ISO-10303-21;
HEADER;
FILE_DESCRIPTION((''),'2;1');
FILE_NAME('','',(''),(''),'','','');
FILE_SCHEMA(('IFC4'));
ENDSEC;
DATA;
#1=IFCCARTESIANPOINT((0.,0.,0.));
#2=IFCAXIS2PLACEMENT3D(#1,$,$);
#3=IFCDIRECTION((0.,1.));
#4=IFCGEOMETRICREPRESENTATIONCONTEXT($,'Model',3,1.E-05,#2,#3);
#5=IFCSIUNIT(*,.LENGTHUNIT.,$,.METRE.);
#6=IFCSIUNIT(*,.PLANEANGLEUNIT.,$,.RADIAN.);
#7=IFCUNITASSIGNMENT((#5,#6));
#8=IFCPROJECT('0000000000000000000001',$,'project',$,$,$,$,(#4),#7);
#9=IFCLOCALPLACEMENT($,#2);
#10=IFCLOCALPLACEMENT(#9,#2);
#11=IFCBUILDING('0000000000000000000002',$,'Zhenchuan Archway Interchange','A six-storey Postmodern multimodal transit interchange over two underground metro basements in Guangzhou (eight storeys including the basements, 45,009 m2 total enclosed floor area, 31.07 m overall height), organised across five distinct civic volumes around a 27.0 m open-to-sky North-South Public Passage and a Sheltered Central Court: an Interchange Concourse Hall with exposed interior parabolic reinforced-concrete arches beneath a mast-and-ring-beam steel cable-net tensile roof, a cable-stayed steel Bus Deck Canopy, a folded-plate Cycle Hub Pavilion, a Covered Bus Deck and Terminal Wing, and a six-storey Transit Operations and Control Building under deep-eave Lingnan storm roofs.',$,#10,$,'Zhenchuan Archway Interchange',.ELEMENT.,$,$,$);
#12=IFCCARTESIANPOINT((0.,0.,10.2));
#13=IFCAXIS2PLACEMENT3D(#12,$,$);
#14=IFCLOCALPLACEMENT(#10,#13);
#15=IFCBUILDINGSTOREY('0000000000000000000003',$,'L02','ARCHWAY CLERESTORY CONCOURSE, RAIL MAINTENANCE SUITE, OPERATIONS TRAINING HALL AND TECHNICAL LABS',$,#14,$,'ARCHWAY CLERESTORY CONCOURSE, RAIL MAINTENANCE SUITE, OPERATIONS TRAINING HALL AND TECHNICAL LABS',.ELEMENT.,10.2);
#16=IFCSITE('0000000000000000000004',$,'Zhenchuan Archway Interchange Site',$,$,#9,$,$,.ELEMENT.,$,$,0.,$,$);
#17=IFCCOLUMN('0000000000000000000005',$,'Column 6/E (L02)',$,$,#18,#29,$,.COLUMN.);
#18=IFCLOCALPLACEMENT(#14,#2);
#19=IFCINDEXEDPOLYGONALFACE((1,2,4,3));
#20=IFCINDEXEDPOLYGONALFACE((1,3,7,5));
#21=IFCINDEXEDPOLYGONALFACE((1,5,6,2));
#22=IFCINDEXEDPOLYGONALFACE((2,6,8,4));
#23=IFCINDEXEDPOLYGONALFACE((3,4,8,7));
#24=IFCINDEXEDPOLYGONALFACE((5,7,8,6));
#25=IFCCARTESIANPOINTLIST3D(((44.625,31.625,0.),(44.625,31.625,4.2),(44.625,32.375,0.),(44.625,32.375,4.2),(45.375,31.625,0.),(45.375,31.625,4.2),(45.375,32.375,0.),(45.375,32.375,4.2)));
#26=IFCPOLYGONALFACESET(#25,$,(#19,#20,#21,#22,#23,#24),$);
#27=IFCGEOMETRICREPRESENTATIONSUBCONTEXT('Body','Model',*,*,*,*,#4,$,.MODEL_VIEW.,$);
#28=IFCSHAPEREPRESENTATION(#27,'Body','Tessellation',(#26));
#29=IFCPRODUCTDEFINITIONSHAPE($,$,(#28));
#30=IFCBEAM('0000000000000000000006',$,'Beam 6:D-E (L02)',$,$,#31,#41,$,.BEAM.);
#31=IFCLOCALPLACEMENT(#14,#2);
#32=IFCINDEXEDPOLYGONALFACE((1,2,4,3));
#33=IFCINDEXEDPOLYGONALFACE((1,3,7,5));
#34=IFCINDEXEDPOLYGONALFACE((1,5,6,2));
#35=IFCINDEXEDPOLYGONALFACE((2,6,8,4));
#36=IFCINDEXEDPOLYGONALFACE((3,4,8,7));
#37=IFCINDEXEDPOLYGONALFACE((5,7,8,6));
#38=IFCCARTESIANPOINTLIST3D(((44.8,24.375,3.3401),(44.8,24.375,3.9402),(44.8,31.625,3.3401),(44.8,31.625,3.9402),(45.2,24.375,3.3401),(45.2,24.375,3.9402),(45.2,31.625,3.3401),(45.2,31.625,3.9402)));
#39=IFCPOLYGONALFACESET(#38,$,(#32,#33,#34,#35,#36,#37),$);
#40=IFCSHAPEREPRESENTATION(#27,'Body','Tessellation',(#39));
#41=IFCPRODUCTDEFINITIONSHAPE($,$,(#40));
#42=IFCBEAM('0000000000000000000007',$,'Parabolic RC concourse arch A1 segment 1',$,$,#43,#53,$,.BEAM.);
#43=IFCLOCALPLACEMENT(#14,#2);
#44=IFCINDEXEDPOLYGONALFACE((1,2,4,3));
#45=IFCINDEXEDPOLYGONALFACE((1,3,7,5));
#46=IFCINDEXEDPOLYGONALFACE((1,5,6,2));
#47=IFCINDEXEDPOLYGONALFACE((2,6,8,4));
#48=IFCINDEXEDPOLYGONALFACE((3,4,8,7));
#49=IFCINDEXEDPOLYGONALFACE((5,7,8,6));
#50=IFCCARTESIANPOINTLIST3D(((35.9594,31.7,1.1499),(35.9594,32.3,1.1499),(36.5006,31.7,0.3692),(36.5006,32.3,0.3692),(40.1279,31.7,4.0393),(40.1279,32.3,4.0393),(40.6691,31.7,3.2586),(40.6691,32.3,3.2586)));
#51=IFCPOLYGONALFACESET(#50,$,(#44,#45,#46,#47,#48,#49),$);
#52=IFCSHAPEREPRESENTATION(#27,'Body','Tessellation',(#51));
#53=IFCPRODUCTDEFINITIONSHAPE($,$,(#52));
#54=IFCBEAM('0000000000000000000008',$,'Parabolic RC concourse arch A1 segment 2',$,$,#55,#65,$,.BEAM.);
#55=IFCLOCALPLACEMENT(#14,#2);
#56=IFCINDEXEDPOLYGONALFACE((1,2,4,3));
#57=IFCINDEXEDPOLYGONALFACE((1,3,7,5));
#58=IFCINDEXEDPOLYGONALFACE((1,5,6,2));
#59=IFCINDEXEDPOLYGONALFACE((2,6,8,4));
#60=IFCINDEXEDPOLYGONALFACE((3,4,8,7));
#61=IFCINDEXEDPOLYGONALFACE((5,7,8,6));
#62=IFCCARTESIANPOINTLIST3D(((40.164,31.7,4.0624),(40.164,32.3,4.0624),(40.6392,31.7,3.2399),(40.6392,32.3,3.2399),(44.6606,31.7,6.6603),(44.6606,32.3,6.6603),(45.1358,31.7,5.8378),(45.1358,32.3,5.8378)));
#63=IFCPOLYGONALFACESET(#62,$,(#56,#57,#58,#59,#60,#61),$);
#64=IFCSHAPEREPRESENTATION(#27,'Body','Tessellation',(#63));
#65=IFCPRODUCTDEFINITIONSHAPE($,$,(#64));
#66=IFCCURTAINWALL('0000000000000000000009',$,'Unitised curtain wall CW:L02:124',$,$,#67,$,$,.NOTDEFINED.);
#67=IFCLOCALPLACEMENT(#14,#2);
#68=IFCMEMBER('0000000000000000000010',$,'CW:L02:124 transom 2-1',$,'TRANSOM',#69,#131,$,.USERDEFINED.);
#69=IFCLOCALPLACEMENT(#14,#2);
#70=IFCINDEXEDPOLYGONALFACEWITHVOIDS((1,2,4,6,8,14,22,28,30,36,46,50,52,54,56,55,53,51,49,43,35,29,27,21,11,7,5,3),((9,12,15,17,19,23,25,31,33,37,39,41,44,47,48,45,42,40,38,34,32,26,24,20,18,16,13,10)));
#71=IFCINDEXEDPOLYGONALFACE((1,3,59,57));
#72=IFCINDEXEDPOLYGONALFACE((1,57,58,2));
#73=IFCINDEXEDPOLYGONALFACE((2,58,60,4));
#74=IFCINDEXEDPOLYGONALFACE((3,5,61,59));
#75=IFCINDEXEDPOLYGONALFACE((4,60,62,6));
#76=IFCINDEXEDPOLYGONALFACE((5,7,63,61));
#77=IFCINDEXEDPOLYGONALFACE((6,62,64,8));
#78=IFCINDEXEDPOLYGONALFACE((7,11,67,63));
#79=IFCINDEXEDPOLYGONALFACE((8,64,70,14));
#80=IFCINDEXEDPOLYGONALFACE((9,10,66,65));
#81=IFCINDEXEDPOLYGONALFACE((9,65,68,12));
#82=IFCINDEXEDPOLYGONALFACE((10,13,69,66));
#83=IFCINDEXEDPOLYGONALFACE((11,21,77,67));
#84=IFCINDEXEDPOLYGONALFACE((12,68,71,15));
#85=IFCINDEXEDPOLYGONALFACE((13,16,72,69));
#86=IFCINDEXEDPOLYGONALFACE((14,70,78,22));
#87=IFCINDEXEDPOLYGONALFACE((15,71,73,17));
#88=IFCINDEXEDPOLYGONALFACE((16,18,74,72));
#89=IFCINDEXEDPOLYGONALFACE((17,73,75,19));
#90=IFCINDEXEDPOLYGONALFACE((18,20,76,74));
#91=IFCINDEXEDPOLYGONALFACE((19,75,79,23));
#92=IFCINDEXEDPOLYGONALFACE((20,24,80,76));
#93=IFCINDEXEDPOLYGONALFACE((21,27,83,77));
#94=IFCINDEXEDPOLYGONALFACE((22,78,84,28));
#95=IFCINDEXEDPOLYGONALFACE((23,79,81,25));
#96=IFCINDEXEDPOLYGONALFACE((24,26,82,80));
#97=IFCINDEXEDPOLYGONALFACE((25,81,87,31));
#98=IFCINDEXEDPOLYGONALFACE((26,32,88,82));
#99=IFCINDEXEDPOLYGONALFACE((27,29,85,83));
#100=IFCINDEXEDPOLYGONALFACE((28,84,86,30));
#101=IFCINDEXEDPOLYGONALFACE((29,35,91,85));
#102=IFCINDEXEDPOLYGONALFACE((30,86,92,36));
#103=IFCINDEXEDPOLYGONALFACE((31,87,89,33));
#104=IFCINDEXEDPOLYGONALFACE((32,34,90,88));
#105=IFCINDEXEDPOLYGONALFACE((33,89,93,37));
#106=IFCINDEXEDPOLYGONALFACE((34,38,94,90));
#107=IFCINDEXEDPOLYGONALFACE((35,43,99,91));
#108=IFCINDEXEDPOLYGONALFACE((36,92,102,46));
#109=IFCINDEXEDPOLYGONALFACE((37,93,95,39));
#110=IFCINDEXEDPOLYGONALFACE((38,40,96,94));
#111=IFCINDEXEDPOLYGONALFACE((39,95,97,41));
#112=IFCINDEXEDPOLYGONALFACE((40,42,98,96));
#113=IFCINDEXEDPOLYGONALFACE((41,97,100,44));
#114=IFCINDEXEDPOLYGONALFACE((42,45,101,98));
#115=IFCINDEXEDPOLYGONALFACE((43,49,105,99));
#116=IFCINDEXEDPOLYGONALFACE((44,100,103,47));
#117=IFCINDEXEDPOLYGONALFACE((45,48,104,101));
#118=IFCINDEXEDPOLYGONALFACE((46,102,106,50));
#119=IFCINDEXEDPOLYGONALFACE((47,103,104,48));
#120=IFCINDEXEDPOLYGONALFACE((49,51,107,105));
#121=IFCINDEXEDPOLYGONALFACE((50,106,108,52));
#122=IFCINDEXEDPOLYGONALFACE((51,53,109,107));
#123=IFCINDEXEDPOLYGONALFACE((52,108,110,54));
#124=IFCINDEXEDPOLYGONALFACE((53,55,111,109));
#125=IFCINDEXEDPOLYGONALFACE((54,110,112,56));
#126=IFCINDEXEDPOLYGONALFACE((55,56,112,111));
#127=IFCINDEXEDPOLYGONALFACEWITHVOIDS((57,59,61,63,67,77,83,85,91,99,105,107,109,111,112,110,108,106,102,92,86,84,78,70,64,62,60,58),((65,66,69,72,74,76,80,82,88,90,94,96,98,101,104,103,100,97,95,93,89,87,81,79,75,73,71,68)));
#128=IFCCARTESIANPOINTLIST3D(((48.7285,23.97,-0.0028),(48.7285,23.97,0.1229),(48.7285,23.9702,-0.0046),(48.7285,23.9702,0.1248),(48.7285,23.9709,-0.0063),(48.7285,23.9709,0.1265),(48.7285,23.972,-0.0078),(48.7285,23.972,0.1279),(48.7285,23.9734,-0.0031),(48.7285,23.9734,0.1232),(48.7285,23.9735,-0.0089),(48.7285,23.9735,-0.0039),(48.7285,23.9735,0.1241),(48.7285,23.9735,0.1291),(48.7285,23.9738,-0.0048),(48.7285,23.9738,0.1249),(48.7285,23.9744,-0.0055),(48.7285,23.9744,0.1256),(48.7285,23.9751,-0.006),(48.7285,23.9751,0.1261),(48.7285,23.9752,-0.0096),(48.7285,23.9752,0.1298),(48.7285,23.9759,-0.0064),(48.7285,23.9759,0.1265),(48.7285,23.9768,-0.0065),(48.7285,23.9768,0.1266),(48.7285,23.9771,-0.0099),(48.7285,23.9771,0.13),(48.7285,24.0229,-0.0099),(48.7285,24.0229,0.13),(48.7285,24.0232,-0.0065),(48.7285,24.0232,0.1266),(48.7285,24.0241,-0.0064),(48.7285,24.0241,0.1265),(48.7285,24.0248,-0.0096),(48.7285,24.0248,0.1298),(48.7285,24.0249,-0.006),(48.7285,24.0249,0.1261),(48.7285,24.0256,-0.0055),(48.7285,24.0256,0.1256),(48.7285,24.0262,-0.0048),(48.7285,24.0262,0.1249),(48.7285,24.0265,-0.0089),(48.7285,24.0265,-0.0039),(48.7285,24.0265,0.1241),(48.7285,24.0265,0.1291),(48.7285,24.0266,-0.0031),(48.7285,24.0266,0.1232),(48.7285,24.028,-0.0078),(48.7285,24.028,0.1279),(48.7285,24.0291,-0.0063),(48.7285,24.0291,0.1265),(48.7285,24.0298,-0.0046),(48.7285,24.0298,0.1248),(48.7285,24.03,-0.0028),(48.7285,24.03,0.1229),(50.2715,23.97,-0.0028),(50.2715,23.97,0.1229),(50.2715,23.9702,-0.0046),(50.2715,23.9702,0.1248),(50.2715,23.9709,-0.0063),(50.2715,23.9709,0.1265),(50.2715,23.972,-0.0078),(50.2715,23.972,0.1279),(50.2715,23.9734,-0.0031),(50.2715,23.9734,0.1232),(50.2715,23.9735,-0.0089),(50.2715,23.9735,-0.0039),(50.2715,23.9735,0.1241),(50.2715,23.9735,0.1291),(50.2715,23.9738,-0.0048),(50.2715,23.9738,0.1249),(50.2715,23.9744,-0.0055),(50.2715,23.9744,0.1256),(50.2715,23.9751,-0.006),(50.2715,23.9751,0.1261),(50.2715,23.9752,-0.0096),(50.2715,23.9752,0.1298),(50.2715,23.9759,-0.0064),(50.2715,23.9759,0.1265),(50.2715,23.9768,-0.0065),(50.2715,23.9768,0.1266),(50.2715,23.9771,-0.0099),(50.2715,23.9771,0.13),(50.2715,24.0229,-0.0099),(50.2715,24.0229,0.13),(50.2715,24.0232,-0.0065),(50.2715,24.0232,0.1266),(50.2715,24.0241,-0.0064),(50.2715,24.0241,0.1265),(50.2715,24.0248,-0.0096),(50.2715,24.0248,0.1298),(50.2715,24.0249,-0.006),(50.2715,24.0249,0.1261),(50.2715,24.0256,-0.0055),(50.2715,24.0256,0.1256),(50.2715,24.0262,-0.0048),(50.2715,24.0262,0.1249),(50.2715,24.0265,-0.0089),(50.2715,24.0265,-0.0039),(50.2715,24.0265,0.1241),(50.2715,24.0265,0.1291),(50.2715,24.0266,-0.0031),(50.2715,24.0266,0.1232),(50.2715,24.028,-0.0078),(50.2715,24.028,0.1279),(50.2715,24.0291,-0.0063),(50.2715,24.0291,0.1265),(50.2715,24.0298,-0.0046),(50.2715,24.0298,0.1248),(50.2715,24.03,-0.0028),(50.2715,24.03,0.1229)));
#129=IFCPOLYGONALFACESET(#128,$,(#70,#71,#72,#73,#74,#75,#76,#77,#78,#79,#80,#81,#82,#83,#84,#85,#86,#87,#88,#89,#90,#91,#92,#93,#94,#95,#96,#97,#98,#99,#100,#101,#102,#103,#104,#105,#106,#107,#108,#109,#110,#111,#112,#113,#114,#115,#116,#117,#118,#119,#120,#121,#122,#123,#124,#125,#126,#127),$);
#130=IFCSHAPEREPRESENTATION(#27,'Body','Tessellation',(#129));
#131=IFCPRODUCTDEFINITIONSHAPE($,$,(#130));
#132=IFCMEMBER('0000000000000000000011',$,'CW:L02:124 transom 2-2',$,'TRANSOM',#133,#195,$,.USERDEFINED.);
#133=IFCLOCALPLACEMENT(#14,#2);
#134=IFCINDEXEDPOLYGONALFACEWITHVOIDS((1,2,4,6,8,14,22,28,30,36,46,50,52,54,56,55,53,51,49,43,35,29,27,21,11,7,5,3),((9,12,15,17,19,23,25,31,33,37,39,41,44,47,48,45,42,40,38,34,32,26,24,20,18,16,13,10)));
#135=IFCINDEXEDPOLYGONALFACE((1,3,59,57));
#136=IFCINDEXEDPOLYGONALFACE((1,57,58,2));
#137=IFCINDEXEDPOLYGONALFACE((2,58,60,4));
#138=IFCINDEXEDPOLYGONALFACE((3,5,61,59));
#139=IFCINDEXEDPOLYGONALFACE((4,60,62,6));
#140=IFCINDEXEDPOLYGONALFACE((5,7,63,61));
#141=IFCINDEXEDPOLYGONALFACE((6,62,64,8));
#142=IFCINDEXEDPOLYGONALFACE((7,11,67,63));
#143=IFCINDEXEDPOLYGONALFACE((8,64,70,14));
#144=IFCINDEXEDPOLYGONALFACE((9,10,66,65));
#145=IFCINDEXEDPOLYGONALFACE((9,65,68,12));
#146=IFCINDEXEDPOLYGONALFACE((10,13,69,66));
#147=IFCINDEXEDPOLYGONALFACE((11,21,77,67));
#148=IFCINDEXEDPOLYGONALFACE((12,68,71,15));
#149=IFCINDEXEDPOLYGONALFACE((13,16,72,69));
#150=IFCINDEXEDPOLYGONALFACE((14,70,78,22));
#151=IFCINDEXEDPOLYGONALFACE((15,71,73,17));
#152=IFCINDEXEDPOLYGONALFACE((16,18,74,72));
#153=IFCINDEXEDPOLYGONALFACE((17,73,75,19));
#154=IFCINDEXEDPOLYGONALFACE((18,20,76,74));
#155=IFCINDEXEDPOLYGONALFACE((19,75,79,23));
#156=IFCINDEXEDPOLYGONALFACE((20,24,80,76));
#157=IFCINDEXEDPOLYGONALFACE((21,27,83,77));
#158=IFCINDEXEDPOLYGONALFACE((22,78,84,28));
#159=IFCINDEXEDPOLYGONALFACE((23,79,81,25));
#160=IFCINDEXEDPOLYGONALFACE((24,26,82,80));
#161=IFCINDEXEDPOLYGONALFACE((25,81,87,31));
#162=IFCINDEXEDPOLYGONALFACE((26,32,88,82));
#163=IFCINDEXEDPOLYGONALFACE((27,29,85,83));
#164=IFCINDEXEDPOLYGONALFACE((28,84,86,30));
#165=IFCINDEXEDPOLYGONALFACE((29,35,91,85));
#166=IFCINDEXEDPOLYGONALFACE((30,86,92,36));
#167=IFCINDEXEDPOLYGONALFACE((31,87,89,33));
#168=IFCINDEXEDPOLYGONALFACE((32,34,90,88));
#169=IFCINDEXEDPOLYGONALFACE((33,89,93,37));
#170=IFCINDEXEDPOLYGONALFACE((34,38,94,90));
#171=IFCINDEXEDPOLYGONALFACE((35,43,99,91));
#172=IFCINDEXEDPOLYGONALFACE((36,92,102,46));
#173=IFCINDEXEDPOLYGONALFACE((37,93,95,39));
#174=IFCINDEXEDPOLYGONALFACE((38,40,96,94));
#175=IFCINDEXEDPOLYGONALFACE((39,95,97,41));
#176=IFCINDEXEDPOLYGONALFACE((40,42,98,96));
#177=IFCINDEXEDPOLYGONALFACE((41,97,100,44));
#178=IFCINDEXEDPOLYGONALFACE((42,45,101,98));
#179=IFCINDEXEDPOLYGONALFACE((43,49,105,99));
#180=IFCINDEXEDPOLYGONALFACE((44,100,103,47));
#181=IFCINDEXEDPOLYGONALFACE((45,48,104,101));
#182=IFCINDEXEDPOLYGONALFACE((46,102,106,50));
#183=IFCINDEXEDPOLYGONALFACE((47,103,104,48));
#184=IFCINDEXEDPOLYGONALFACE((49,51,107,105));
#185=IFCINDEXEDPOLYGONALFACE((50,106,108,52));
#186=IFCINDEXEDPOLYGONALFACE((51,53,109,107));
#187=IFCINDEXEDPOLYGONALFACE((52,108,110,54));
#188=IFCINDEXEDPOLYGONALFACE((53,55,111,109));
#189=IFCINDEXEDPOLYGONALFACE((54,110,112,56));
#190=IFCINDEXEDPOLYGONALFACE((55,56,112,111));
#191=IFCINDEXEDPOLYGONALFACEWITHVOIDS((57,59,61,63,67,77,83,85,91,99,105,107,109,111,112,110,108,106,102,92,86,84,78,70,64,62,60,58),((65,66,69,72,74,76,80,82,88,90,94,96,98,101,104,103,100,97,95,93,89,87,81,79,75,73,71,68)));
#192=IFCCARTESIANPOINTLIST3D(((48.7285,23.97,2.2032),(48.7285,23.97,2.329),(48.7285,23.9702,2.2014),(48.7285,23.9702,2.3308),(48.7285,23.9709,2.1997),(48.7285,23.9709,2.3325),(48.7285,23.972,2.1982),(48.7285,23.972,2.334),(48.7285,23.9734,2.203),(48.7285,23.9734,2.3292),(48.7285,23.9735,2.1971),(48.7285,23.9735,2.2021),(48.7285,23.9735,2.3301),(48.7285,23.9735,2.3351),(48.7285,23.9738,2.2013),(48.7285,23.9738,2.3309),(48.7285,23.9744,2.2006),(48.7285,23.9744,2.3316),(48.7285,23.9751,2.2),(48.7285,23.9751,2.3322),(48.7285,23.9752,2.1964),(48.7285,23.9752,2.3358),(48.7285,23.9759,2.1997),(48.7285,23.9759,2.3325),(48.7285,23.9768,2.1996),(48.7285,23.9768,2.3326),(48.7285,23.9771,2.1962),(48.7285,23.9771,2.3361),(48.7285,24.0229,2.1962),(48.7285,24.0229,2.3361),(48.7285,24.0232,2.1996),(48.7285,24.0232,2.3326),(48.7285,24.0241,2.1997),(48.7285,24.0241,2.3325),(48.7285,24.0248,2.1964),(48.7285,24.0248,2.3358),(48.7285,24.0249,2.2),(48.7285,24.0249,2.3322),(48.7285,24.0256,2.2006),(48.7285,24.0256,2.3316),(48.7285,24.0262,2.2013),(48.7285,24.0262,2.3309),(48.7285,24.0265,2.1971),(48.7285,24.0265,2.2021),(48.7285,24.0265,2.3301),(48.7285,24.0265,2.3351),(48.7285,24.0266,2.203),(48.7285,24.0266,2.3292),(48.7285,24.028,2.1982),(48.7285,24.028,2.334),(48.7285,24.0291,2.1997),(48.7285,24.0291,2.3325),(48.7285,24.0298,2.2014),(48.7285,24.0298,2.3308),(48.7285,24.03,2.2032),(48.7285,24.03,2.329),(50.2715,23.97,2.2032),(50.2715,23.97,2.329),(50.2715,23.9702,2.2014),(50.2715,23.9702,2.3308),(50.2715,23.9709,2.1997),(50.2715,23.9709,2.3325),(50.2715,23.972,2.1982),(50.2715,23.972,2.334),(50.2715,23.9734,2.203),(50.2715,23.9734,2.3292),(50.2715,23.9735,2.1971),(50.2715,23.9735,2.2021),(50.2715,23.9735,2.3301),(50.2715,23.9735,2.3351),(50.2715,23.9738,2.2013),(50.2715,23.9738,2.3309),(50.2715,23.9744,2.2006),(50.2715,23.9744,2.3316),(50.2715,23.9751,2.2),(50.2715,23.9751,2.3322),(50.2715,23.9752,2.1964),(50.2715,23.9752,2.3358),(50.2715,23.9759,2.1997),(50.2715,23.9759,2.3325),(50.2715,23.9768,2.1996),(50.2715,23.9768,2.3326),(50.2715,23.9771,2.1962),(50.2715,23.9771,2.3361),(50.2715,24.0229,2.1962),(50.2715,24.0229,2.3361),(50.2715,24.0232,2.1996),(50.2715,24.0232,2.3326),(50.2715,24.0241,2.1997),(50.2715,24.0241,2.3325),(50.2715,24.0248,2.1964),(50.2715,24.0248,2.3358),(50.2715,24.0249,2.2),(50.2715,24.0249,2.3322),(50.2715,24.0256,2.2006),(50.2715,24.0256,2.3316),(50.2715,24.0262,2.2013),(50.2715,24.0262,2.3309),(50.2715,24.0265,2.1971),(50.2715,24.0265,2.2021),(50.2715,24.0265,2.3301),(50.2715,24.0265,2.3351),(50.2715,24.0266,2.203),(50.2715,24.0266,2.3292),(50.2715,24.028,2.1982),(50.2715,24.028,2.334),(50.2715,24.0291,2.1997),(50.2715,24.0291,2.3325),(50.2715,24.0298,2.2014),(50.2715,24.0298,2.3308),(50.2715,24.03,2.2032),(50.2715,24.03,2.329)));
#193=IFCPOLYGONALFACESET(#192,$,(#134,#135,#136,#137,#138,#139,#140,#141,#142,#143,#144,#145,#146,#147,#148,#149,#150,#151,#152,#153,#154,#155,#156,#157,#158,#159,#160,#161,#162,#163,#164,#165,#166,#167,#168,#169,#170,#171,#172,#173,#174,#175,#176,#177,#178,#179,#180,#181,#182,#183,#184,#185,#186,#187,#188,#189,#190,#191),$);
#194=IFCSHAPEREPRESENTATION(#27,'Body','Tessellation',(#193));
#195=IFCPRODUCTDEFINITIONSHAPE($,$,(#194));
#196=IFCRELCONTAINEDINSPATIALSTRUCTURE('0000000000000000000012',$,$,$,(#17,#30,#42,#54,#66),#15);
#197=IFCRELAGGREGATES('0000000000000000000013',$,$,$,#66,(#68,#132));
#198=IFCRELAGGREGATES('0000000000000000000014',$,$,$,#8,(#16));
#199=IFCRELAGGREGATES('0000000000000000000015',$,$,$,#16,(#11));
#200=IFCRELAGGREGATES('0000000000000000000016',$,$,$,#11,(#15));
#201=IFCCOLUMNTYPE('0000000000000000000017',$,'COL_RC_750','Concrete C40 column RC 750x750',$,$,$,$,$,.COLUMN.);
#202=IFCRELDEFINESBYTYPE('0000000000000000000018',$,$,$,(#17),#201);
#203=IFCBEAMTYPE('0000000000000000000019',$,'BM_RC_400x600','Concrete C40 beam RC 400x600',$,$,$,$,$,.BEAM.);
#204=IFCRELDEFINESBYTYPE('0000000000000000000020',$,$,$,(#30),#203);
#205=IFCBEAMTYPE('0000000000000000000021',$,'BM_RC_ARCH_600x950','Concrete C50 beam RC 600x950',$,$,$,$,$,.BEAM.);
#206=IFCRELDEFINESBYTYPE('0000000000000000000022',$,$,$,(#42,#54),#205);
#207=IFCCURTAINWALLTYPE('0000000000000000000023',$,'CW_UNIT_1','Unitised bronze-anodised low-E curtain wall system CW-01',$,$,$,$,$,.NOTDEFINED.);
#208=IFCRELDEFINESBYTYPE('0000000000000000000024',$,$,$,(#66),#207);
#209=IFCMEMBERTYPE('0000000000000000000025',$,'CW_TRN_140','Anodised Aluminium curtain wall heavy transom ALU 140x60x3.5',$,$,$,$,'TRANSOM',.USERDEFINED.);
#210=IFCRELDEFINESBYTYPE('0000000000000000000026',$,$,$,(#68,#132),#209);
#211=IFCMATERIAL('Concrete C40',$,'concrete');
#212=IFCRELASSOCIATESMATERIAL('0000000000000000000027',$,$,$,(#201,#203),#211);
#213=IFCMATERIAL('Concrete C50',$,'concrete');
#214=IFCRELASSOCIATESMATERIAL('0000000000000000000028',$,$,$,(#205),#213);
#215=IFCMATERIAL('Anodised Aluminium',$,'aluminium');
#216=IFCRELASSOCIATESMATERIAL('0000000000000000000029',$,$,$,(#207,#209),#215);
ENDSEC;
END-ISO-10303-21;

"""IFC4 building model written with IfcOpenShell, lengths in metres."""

from ifc_helpers import new_model, si_unit, direction, frame, origin, origin_2d, place, context, subcontext, project, spatial, rectangle, hollow_rectangle, extrude, material, material_profile, profile_set, type_object, element, aggregate, save


model = new_model("IFC4")

# Units and contexts
model_context = context("Model", 3, precision=1e-05, world=origin(), true_north=direction((0.0, 1.0)))
body_context = subcontext(model_context, "Body", "Model", "MODEL_VIEW")
ifc_project = project(units=[si_unit("LENGTHUNIT", "METRE"), si_unit("PLANEANGLEUNIT", "RADIAN")], contexts=[model_context])

# Site, building, storey
site_placement = place(None, origin())
site = spatial("IfcSite", under=ifc_project, at=site_placement, Name="Zhenchuan Archway Interchange Site", CompositionType="ELEMENT", RefElevation=0.0)
building_placement = place(site_placement, origin())
building = spatial("IfcBuilding", under=site, at=building_placement, Name="Zhenchuan Archway Interchange", Description="A six-storey Postmodern multimodal transit interchange over two underground metro basements in Guangzhou (eight storeys including the basements, 45,009 m2 total enclosed floor area, 31.07 m overall height), organised across five distinct civic volumes around a 27.0 m open-to-sky North-South Public Passage and a Sheltered Central Court: an Interchange Concourse Hall with exposed interior parabolic reinforced-concrete arches beneath a mast-and-ring-beam steel cable-net tensile roof, a cable-stayed steel Bus Deck Canopy, a folded-plate Cycle Hub Pavilion, a Covered Bus Deck and Terminal Wing, and a six-storey Transit Operations and Control Building under deep-eave Lingnan storm roofs.", LongName="Zhenchuan Archway Interchange", CompositionType="ELEMENT")
storey_placement = place(building_placement, frame((0.0, 0.0, 10.2)))
storey = spatial("IfcBuildingStorey", under=building, at=storey_placement, Name="L02", Description="ARCHWAY CLERESTORY CONCOURSE, RAIL MAINTENANCE SUITE, OPERATIONS TRAINING HALL AND TECHNICAL LABS", LongName="ARCHWAY CLERESTORY CONCOURSE, RAIL MAINTENANCE SUITE, OPERATIONS TRAINING HALL AND TECHNICAL LABS", CompositionType="ELEMENT", Elevation=10.2)

# Column
ifc_material_1 = material(Name="Concrete C40", Category="concrete")
ifc_material_profile_1 = material_profile(ifc_material_1, rectangle(XDim=0.75, YDim=0.75, at=origin_2d()), Name="RC 750x750")
ifc_profile_set_1 = profile_set([ifc_material_profile_1], Name="Concrete C40")
column_type = type_object("IfcColumnType", Name="COL_RC_750", Description="Concrete C40 column RC 750x750", PredefinedType="COLUMN", material=ifc_profile_set_1)
column_placement = place(storey_placement, frame((45.0, 32.0, 0.0), z_axis=(0.0, 0.0, 1.0), x_axis=(1.0, 0.0, 0.0)))
element("IfcColumn", 1, at=column_placement, inside=storey, type_object=column_type, Name="Column 6/E (L02)", PredefinedType="COLUMN", context=body_context, shape_type="SweptSolid", body=[
    extrude(rectangle(XDim=0.75, YDim=0.75, at=origin_2d()), origin(), (0.0, 0.0, 1.0), 4.2),
])

# Beams
ifc_material_profile_2 = material_profile(ifc_material_1, rectangle(XDim=0.3999, YDim=0.6001, at=origin_2d()), Name="RC 400x600")
ifc_profile_set_2 = profile_set([ifc_material_profile_2], Name="Concrete C40")
beam_type_1 = type_object("IfcBeamType", Name="BM_RC_400x600", Description="Concrete C40 beam RC 400x600", PredefinedType="BEAM", material=ifc_profile_set_2)
beam_1_placement = place(storey_placement, frame((45.0, 24.375, 3.6401), z_axis=(0.0, 1.0, 0.0), x_axis=(-1.0, 0.0, 0.0)))
element("IfcBeam", 2, at=beam_1_placement, inside=storey, type_object=beam_type_1, Name="Beam 6:D-E (L02)", PredefinedType="BEAM", context=body_context, shape_type="SweptSolid", body=[
    extrude(rectangle(XDim=0.3999, YDim=0.6001, at=origin_2d()), origin(), (0.0, 0.0, 1.0), 7.25),
])
ifc_material_2 = material(Name="Concrete C50", Category="concrete")
ifc_material_profile_3 = material_profile(ifc_material_2, rectangle(XDim=0.6001, YDim=0.95, at=origin_2d()), Name="RC 600x950")
ifc_profile_set_3 = profile_set([ifc_material_profile_3], Name="Concrete C50")
beam_type_2 = type_object("IfcBeamType", Name="BM_RC_ARCH_600x950", Description="Concrete C50 beam RC 600x950", PredefinedType="BEAM", material=ifc_profile_set_3)
beam_2_placement = place(storey_placement, frame((36.23, 32.0, 0.7595), z_axis=(0.821865, 0.0, 0.569683), x_axis=(0.0, 1.0, 0.0)))
element("IfcBeam", 3, at=beam_2_placement, inside=storey, type_object=beam_type_2, Name="Parabolic RC concourse arch A1 segment 1", PredefinedType="BEAM", context=body_context, shape_type="SweptSolid", body=[
    extrude(rectangle(XDim=0.6001, YDim=0.95, at=origin_2d()), origin(), (0.0, 0.0, 1.0), 5.072),
])
beam_3_placement = place(storey_placement, frame((40.4016, 32.0, 3.6511), z_axis=(0.865875, 0.0, 0.50026), x_axis=(0.0, 1.0, 0.0)))
element("IfcBeam", 4, at=beam_3_placement, inside=storey, type_object=beam_type_2, Name="Parabolic RC concourse arch A1 segment 2", PredefinedType="BEAM", context=body_context, shape_type="SweptSolid", body=[
    extrude(rectangle(XDim=0.6001, YDim=0.95, at=origin_2d()), origin(), (0.0, 0.0, 1.0), 5.1931),
])

# Curtain wall, members
ifc_material_3 = material(Name="Anodised Aluminium", Category="aluminium")
curtain_wall_type = type_object("IfcCurtainWallType", Name="CW_UNIT_1", Description="Unitised bronze-anodised low-E curtain wall system CW-01", PredefinedType="NOTDEFINED", material=ifc_material_3)
curtain_wall_placement = place(storey_placement, origin())
curtain_wall = element("IfcCurtainWall", 5, at=curtain_wall_placement, inside=storey, type_object=curtain_wall_type, Name="Unitised curtain wall CW:L02:124", PredefinedType="NOTDEFINED")
ifc_material_profile_4 = material_profile(ifc_material_3, hollow_rectangle(XDim=0.0601, YDim=0.1399, WallThickness=0.0034, InnerFilletRadius=0.0034, OuterFilletRadius=0.0071, at=origin_2d()), Name="ALU 140x60x3.5")
ifc_profile_set_4 = profile_set([ifc_material_profile_4], Name="Anodised Aluminium")
member_type = type_object("IfcMemberType", Name="CW_TRN_140", Description="Anodised Aluminium curtain wall heavy transom ALU 140x60x3.5", ElementType="TRANSOM", PredefinedType="USERDEFINED", material=ifc_profile_set_4)
member_1_placement = place(storey_placement, frame((50.2715, 24.0, 0.0601), z_axis=(-1.0, 0.0, 0.0), x_axis=(0.0, -1.0, 0.0)))
member_1 = element("IfcMember", 6, at=member_1_placement, type_object=member_type, Name="CW:L02:124 transom 2-1", ObjectType="TRANSOM", PredefinedType="USERDEFINED", context=body_context, shape_type="SweptSolid", body=[
    extrude(hollow_rectangle(XDim=0.0601, YDim=0.1399, WallThickness=0.0034, InnerFilletRadius=0.0034, OuterFilletRadius=0.0071, at=origin_2d()), origin(), (0.0, 0.0, 1.0), 1.543),
])
member_2_placement = place(storey_placement, frame((50.2715, 24.0, 2.2661), z_axis=(-1.0, 0.0, 0.0), x_axis=(0.0, -1.0, 0.0)))
member_2 = element("IfcMember", 7, at=member_2_placement, type_object=member_type, Name="CW:L02:124 transom 2-2", ObjectType="TRANSOM", PredefinedType="USERDEFINED", context=body_context, shape_type="SweptSolid", body=[
    extrude(hollow_rectangle(XDim=0.0601, YDim=0.1399, WallThickness=0.0034, InnerFilletRadius=0.0034, OuterFilletRadius=0.0071, at=origin_2d()), origin(), (0.0, 0.0, 1.0), 1.543),
])

aggregate(curtain_wall, [member_1, member_2])

save(model, "model.ifc")
